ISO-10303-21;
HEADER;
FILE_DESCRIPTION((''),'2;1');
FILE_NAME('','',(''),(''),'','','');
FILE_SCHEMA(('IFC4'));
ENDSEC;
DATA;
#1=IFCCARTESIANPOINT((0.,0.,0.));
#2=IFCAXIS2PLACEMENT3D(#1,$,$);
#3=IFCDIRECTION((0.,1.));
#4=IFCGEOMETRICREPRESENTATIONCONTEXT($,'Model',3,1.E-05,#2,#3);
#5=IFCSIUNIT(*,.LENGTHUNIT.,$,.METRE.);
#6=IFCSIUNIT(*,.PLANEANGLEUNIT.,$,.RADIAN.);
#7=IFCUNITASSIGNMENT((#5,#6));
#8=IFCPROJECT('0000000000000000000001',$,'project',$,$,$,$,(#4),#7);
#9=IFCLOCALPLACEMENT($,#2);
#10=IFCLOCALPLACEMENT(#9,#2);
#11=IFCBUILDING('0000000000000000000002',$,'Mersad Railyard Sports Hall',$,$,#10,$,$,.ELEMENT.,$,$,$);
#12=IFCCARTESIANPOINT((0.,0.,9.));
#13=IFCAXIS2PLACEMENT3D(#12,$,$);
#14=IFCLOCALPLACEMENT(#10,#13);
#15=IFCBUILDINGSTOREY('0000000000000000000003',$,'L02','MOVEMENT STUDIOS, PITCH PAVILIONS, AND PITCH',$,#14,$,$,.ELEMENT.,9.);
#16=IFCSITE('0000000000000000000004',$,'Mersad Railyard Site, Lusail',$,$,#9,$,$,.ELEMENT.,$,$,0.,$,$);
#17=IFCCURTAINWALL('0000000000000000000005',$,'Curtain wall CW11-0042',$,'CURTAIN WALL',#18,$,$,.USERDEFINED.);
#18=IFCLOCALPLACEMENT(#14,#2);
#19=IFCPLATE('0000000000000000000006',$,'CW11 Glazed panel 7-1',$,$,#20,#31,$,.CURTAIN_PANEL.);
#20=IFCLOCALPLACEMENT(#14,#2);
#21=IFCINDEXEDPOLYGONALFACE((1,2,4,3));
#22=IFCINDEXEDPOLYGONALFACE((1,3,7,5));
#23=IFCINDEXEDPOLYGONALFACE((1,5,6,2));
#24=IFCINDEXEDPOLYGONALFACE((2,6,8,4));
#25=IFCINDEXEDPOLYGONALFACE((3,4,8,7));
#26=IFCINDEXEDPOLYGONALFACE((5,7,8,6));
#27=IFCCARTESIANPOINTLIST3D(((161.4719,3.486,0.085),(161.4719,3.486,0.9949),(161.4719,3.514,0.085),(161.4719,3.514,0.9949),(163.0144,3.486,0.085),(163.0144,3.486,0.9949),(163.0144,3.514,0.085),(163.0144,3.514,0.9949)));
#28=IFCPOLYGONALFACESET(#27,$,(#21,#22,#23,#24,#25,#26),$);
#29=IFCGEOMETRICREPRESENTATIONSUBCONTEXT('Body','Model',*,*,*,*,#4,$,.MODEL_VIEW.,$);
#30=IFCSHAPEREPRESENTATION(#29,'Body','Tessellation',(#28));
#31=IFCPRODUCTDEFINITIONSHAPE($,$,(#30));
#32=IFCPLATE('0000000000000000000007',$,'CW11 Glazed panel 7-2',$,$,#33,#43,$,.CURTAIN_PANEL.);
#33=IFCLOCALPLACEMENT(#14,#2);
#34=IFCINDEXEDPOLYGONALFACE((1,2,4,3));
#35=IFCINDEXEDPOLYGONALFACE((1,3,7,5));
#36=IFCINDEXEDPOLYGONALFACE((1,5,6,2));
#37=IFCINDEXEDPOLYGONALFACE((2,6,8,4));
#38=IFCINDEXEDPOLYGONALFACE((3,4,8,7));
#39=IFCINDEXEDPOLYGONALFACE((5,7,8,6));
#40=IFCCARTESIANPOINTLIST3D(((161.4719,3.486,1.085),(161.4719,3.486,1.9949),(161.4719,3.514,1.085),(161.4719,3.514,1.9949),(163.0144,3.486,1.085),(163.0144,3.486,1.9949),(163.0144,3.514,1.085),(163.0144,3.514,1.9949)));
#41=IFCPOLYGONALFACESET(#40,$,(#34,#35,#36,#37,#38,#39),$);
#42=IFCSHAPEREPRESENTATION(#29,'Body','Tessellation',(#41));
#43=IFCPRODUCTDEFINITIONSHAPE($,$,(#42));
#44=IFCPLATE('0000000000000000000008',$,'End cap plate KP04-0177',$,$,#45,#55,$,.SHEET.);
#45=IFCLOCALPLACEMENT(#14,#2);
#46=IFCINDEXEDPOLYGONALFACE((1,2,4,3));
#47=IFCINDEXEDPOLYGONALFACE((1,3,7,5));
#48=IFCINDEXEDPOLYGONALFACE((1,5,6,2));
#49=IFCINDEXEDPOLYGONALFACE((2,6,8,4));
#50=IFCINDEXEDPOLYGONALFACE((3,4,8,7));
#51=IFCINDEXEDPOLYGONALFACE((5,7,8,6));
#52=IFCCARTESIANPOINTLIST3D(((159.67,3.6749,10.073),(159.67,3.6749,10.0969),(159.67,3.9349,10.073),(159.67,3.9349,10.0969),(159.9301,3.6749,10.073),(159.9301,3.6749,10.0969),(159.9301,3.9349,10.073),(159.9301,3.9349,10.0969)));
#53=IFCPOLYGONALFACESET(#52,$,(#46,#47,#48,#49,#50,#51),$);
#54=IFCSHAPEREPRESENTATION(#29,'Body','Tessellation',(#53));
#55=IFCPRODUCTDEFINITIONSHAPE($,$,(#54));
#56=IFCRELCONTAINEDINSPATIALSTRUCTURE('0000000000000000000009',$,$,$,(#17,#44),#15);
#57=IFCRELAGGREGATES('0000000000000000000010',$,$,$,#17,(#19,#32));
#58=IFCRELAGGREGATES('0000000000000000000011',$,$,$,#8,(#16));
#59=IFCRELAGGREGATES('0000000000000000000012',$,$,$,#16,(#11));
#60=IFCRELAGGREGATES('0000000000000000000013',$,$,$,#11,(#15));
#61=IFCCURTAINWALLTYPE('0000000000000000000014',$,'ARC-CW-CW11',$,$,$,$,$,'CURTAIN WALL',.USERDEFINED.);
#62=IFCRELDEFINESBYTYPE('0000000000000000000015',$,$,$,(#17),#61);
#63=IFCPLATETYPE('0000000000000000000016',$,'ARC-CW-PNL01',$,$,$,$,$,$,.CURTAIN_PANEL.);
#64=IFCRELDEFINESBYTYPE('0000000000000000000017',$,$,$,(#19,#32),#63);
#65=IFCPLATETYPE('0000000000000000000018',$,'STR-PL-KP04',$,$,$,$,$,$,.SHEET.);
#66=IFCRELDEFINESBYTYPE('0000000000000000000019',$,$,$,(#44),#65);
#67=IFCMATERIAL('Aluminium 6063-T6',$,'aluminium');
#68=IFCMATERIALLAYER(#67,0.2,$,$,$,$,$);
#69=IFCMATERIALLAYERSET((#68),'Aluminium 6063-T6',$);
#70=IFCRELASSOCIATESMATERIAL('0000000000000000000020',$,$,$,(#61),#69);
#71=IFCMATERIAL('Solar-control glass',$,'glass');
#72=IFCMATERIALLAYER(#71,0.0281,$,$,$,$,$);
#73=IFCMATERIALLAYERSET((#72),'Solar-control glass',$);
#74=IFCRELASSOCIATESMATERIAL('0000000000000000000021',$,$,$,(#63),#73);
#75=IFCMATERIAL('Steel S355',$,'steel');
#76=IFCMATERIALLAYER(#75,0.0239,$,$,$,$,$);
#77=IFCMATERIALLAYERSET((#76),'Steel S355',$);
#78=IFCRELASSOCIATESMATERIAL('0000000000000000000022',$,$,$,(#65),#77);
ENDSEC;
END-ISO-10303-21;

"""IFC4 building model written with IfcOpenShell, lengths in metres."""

from ifc_helpers import new_model, si_unit, direction, frame, origin, origin_2d, place, context, subcontext, project, spatial, rectangle, extrude, material, layer, layer_set, type_object, element, aggregate, save


model = new_model("IFC4")

# Units and contexts
model_context = context("Model", 3, precision=1e-05, world=origin(), true_north=direction((0.0, 1.0)))
body_context = subcontext(model_context, "Body", "Model", "MODEL_VIEW")
ifc_project = project(units=[si_unit("LENGTHUNIT", "METRE"), si_unit("PLANEANGLEUNIT", "RADIAN")], contexts=[model_context])

# Site, building, storey
site_placement = place(None, origin())
site = spatial("IfcSite", under=ifc_project, at=site_placement, Name="Mersad Railyard Site, Lusail", CompositionType="ELEMENT", RefElevation=0.0)
building_placement = place(site_placement, origin())
building = spatial("IfcBuilding", under=site, at=building_placement, Name="Mersad Railyard Sports Hall", CompositionType="ELEMENT")
storey_placement = place(building_placement, frame((0.0, 0.0, 9.0)))
storey = spatial("IfcBuildingStorey", under=building, at=storey_placement, Name="L02", Description="MOVEMENT STUDIOS, PITCH PAVILIONS, AND PITCH", CompositionType="ELEMENT", Elevation=9.0)

# Curtain wall
ifc_material_1 = material(Name="Aluminium 6063-T6", Category="aluminium")
ifc_layer_1 = layer(ifc_material_1, 0.2)
ifc_layer_set_1 = layer_set([ifc_layer_1], Name="Aluminium 6063-T6")
curtain_wall_type_1 = type_object("IfcCurtainWallType", Name="ARC-CW-CW11", ElementType="CURTAIN WALL", PredefinedType="USERDEFINED", material=ifc_layer_set_1)
curtain_wall_1_placement = place(storey_placement, origin())
curtain_wall_1 = element("IfcCurtainWall", 1, at=curtain_wall_1_placement, inside=storey, type_object=curtain_wall_type_1, Name="Curtain wall CW11-0042", ObjectType="CURTAIN WALL", PredefinedType="USERDEFINED")

# Shared definitions
ifc_material_2 = material(Name="Steel S355", Category="steel")

# Plates
ifc_material_3 = material(Name="Solar-control glass", Category="glass")
ifc_layer_2 = layer(ifc_material_3, 0.0281)
ifc_layer_set_2 = layer_set([ifc_layer_2], Name="Solar-control glass")
plate_type_1 = type_object("IfcPlateType", Name="ARC-CW-PNL01", PredefinedType="CURTAIN_PANEL", material=ifc_layer_set_2)
plate_1_placement = place(storey_placement, frame((162.2432, 3.5, 0.085), z_axis=(0.0, 0.0, 1.0), x_axis=(-1.0, 0.0, 0.0)))
plate_1 = element("IfcPlate", 2, at=plate_1_placement, type_object=plate_type_1, Name="CW11 Glazed panel 7-1", PredefinedType="CURTAIN_PANEL", context=body_context, shape_type="SweptSolid", body=[
    extrude(rectangle(XDim=1.5425, YDim=0.0281, at=origin_2d()), origin(), (0.0, 0.0, 1.0), 0.9099),
])
plate_2_placement = place(storey_placement, frame((162.2432, 3.5, 1.085), z_axis=(0.0, 0.0, 1.0), x_axis=(-1.0, 0.0, 0.0)))
plate_2 = element("IfcPlate", 3, at=plate_2_placement, type_object=plate_type_1, Name="CW11 Glazed panel 7-2", PredefinedType="CURTAIN_PANEL", context=body_context, shape_type="SweptSolid", body=[
    extrude(rectangle(XDim=1.5425, YDim=0.0281, at=origin_2d()), origin(), (0.0, 0.0, 1.0), 0.9099),
])
aggregate(curtain_wall_1, [plate_1, plate_2])
ifc_layer_3 = layer(ifc_material_2, 0.0239)
ifc_layer_set_3 = layer_set([ifc_layer_3], Name="Steel S355")
plate_type_2 = type_object("IfcPlateType", Name="STR-PL-KP04", PredefinedType="SHEET", material=ifc_layer_set_3)
plate_3_placement = place(storey_placement, frame((159.8, 3.8049, 10.073), z_axis=(0.0, 0.0, 1.0), x_axis=(1.0, 0.0, 0.0)))
element("IfcPlate", 4, at=plate_3_placement, inside=storey, type_object=plate_type_2, Name="End cap plate KP04-0177", PredefinedType="SHEET", context=body_context, shape_type="SweptSolid", body=[
    extrude(rectangle(XDim=0.26, YDim=0.26, at=origin_2d()), origin(), (0.0, 0.0, 1.0), 0.0239),
])

save(model, "model.ifc")
